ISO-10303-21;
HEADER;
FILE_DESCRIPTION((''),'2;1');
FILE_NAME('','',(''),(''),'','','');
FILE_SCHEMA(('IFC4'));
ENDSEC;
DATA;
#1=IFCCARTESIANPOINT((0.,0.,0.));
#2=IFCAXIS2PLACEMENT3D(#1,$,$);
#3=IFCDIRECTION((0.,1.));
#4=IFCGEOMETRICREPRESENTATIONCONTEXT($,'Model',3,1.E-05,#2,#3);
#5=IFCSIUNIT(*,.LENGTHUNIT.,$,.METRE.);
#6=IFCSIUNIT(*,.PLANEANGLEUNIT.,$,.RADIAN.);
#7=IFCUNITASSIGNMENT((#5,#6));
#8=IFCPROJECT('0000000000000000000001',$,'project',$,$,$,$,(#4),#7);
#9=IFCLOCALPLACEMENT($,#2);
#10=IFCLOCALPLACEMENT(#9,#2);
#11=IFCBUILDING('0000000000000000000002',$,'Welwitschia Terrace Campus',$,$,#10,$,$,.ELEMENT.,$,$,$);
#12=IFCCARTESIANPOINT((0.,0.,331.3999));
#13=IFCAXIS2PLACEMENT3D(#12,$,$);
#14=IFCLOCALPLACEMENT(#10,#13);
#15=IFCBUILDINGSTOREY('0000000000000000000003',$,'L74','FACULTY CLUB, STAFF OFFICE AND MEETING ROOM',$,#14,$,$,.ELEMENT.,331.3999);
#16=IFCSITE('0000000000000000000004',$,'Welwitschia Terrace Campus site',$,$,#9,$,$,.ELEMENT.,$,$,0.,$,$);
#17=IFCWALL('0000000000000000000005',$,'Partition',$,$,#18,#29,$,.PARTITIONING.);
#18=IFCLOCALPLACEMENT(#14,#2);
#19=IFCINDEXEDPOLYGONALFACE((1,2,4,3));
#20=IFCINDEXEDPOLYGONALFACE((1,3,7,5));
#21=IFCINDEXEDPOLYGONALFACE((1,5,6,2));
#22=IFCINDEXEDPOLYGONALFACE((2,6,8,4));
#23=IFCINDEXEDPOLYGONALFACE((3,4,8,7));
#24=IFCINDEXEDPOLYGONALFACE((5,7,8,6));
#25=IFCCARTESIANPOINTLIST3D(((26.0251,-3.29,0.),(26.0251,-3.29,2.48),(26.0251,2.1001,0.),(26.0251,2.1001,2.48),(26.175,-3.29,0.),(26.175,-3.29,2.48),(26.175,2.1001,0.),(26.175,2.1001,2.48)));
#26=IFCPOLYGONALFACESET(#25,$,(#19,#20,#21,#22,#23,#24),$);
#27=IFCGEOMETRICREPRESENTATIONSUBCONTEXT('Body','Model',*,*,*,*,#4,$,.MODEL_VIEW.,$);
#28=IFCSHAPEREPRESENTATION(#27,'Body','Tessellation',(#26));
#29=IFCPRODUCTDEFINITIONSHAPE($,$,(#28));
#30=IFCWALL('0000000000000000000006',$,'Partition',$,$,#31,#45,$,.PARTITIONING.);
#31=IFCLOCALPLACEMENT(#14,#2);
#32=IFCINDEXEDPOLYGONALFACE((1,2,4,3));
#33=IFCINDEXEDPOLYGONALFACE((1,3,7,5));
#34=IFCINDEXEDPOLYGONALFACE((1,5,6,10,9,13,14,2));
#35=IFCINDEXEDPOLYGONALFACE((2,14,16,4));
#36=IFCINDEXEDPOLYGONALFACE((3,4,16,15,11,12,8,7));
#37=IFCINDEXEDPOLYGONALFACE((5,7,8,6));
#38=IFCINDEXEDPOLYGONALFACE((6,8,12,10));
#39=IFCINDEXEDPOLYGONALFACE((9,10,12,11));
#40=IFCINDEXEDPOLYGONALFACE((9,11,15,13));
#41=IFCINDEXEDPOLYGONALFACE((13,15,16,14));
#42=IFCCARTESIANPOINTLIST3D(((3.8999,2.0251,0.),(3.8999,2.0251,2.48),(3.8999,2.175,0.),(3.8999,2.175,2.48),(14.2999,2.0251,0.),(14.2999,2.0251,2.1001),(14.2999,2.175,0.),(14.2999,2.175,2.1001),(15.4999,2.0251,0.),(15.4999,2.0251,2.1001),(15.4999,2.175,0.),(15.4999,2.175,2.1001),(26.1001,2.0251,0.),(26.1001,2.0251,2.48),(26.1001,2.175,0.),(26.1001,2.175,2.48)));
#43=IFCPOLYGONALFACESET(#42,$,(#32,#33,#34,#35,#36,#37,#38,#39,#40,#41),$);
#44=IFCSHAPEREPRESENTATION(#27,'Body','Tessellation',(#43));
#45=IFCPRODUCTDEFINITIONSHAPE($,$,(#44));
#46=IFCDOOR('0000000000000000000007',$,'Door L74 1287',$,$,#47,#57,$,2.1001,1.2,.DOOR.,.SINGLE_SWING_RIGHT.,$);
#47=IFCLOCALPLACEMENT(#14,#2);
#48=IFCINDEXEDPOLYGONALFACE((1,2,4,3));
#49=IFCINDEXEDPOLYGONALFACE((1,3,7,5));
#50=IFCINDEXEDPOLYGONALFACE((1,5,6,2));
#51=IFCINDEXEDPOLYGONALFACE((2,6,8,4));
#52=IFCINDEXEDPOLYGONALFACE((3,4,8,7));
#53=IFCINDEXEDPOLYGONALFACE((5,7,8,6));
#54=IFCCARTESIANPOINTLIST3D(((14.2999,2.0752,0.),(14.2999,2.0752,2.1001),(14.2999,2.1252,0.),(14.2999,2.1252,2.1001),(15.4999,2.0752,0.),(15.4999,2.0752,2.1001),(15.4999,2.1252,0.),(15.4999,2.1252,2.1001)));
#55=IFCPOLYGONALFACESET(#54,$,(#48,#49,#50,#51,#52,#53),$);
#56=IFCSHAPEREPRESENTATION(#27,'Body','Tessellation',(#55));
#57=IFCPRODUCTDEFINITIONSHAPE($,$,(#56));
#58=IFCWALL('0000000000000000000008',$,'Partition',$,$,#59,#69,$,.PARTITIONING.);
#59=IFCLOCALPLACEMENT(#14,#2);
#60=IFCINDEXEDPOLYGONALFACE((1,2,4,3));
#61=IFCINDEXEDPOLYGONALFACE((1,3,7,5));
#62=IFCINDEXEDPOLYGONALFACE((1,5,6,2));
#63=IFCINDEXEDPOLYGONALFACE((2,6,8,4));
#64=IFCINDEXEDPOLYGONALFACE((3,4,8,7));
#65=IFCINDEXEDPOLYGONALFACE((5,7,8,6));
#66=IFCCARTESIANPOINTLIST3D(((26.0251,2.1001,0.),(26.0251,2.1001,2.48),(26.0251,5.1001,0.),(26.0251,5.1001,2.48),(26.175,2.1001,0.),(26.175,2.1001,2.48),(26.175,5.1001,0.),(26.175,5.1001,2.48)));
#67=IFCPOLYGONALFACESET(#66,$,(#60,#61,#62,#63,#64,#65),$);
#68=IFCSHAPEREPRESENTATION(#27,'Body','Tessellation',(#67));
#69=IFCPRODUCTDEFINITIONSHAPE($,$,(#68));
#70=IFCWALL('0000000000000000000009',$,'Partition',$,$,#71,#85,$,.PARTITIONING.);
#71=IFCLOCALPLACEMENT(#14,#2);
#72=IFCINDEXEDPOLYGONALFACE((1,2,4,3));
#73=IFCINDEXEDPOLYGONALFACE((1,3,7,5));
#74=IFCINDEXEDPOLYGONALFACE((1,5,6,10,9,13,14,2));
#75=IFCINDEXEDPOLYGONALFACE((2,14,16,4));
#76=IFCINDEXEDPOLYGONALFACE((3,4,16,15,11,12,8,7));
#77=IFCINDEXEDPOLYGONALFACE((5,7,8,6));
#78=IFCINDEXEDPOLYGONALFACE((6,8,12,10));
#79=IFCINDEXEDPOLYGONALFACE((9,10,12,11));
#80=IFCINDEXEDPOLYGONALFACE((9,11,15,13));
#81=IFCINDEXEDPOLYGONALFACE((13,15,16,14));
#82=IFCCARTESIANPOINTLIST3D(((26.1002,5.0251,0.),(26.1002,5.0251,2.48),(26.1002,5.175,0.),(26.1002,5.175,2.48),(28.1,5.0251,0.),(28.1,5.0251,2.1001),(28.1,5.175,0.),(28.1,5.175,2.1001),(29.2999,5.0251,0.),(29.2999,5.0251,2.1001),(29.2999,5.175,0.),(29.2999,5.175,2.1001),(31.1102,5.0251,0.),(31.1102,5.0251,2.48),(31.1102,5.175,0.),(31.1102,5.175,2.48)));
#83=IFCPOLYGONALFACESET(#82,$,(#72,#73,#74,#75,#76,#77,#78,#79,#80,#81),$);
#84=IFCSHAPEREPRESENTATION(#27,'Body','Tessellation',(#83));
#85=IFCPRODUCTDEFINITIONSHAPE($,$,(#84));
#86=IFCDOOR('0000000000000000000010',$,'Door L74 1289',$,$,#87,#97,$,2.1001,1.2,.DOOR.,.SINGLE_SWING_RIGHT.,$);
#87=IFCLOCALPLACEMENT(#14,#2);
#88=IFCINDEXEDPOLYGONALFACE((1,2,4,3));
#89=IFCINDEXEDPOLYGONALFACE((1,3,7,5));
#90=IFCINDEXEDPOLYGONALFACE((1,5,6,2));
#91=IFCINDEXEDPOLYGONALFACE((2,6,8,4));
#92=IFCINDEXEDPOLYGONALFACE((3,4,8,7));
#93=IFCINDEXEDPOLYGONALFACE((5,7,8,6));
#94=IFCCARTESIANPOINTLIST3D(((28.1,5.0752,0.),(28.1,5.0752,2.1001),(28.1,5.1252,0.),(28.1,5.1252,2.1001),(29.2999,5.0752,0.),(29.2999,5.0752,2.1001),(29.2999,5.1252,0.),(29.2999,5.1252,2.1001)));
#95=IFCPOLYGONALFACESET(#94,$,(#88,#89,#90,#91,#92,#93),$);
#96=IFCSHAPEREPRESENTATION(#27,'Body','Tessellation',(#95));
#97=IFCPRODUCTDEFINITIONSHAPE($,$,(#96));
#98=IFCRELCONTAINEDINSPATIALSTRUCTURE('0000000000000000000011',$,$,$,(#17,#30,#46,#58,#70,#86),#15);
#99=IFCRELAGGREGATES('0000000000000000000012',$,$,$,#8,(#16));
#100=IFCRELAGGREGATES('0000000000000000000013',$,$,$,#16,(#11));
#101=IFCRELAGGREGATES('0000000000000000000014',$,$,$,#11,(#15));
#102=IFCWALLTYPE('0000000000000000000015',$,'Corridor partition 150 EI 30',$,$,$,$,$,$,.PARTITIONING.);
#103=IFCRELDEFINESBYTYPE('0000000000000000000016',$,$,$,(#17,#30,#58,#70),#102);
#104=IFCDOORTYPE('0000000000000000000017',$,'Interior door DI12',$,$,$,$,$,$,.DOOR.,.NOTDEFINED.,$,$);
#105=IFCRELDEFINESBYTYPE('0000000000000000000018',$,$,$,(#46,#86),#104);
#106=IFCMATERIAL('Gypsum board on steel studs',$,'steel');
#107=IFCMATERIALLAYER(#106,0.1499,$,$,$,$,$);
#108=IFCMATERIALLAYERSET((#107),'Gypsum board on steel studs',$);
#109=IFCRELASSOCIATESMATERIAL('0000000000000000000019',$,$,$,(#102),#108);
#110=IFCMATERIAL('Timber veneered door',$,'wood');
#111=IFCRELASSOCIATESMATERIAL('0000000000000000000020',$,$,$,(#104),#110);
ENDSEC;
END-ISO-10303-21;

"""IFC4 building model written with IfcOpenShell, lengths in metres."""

from ifc_helpers import new_model, si_unit, direction, frame, frame_2d, origin, place, context, subcontext, project, spatial, rectangle, extrude, material, layer, layer_set, type_object, element, fill, save


model = new_model("IFC4")

# Units and contexts
model_context = context("Model", 3, precision=1e-05, world=origin(), true_north=direction((0.0, 1.0)))
body_context = subcontext(model_context, "Body", "Model", "MODEL_VIEW")
ifc_project = project(units=[si_unit("LENGTHUNIT", "METRE"), si_unit("PLANEANGLEUNIT", "RADIAN")], contexts=[model_context])

# Site, building, storey
site_placement = place(None, origin())
site = spatial("IfcSite", under=ifc_project, at=site_placement, Name="Welwitschia Terrace Campus site", CompositionType="ELEMENT", RefElevation=0.0)
building_placement = place(site_placement, origin())
building = spatial("IfcBuilding", under=site, at=building_placement, Name="Welwitschia Terrace Campus", CompositionType="ELEMENT")
storey_placement = place(building_placement, frame((0.0, 0.0, 331.3999)))
storey = spatial("IfcBuildingStorey", under=building, at=storey_placement, Name="L74", Description="FACULTY CLUB, STAFF OFFICE AND MEETING ROOM", CompositionType="ELEMENT", Elevation=331.3999)

# Wall
ifc_material_1 = material(Name="Gypsum board on steel studs", Category="steel")
ifc_layer_1 = layer(ifc_material_1, 0.1499)
ifc_layer_set_1 = layer_set([ifc_layer_1], Name="Gypsum board on steel studs")
wall_type = type_object("IfcWallType", Name="Corridor partition 150 EI 30", PredefinedType="PARTITIONING", material=ifc_layer_set_1)
wall_1_placement = place(storey_placement, frame((26.1001, -3.29, 0.0), z_axis=(0.0, 0.0, 1.0), x_axis=(0.0, 1.0, 0.0)))
element("IfcWall", 1, at=wall_1_placement, inside=storey, type_object=wall_type, Name="Partition", PredefinedType="PARTITIONING", context=body_context, shape_type="SweptSolid", body=[
    extrude(rectangle(XDim=5.3901, YDim=0.1499, at=frame_2d((2.6951, 0.0))), origin(), (0.0, 0.0, 1.0), 2.48),
])

# Wall, opening, door
wall_2_placement = place(storey_placement, frame((26.1001, 2.1001, 0.0), z_axis=(0.0, 0.0, 1.0), x_axis=(-1.0, 0.0, 0.0)))
wall_2 = element("IfcWall", 2, at=wall_2_placement, inside=storey, type_object=wall_type, Name="Partition", PredefinedType="PARTITIONING", context=body_context, shape_type="SweptSolid", body=[
    extrude(rectangle(XDim=22.2002, YDim=0.1499, at=frame_2d((11.1001, 0.0))), origin(), (0.0, 0.0, 1.0), 2.48),
])
opening_1_placement = place(wall_2_placement, frame((10.6001, 0.0, 0.0)))
opening_1 = element("IfcOpeningElement", 3, at=opening_1_placement, cuts=wall_2, PredefinedType="OPENING", context=body_context, shape_type="SweptSolid", body=[
    extrude(rectangle(XDim=1.2, YDim=2.1001, at=frame_2d((0.6001, 1.05))), frame((0.0, 0.085, 0.0), z_axis=(0.0, -1.0, 0.0), x_axis=(1.0, 0.0, 0.0)), (0.0, 0.0, 1.0), 0.1699),
])
ifc_material_2 = material(Name="Timber veneered door", Category="wood")
door_type = type_object("IfcDoorType", Name="Interior door DI12", OperationType="NOTDEFINED", PredefinedType="DOOR", material=ifc_material_2)
door_1_placement = place(opening_1_placement, origin())
door_1 = element("IfcDoor", 4, at=door_1_placement, inside=storey, type_object=door_type, Name="Door L74 1287", OperationType="SINGLE_SWING_RIGHT", OverallHeight=2.1001, OverallWidth=1.2, PredefinedType="DOOR", context=body_context, shape_type="SweptSolid", body=[
    extrude(rectangle(XDim=1.2, YDim=2.1001, at=frame_2d((0.6001, 1.05))), frame((0.0, 0.0249, 0.0), z_axis=(0.0, -1.0, 0.0), x_axis=(1.0, 0.0, 0.0)), (0.0, 0.0, 1.0), 0.05),
])
fill(opening_1, door_1)

# Wall
wall_3_placement = place(storey_placement, frame((26.1001, 2.1001, 0.0), z_axis=(0.0, 0.0, 1.0), x_axis=(0.0, 1.0, 0.0)))
element("IfcWall", 5, at=wall_3_placement, inside=storey, type_object=wall_type, Name="Partition", PredefinedType="PARTITIONING", context=body_context, shape_type="SweptSolid", body=[
    extrude(rectangle(XDim=3.0, YDim=0.1499, at=frame_2d((1.5, 0.0))), origin(), (0.0, 0.0, 1.0), 2.48),
])

# Wall, opening, door
wall_4_placement = place(storey_placement, frame((31.1101, 5.1001, 0.0), z_axis=(0.0, 0.0, 1.0), x_axis=(-1.0, 0.0, 0.0)))
wall_4 = element("IfcWall", 6, at=wall_4_placement, inside=storey, type_object=wall_type, Name="Partition", PredefinedType="PARTITIONING", context=body_context, shape_type="SweptSolid", body=[
    extrude(rectangle(XDim=5.01, YDim=0.1499, at=frame_2d((2.5049, 0.0))), origin(), (0.0, 0.0, 1.0), 2.48),
])
opening_2_placement = place(wall_4_placement, frame((1.8101, 0.0, 0.0)))
opening_2 = element("IfcOpeningElement", 7, at=opening_2_placement, cuts=wall_4, PredefinedType="OPENING", context=body_context, shape_type="SweptSolid", body=[
    extrude(rectangle(XDim=1.2, YDim=2.1001, at=frame_2d((0.6001, 1.05))), frame((0.0, 0.085, 0.0), z_axis=(0.0, -1.0, 0.0), x_axis=(1.0, 0.0, 0.0)), (0.0, 0.0, 1.0), 0.1699),
])
door_2_placement = place(opening_2_placement, origin())
door_2 = element("IfcDoor", 8, at=door_2_placement, inside=storey, type_object=door_type, Name="Door L74 1289", OperationType="SINGLE_SWING_RIGHT", OverallHeight=2.1001, OverallWidth=1.2, PredefinedType="DOOR", context=body_context, shape_type="SweptSolid", body=[
    extrude(rectangle(XDim=1.2, YDim=2.1001, at=frame_2d((0.6001, 1.05))), frame((0.0, 0.0249, 0.0), z_axis=(0.0, -1.0, 0.0), x_axis=(1.0, 0.0, 0.0)), (0.0, 0.0, 1.0), 0.05),
])
fill(opening_2, door_2)

save(model, "model.ifc")
